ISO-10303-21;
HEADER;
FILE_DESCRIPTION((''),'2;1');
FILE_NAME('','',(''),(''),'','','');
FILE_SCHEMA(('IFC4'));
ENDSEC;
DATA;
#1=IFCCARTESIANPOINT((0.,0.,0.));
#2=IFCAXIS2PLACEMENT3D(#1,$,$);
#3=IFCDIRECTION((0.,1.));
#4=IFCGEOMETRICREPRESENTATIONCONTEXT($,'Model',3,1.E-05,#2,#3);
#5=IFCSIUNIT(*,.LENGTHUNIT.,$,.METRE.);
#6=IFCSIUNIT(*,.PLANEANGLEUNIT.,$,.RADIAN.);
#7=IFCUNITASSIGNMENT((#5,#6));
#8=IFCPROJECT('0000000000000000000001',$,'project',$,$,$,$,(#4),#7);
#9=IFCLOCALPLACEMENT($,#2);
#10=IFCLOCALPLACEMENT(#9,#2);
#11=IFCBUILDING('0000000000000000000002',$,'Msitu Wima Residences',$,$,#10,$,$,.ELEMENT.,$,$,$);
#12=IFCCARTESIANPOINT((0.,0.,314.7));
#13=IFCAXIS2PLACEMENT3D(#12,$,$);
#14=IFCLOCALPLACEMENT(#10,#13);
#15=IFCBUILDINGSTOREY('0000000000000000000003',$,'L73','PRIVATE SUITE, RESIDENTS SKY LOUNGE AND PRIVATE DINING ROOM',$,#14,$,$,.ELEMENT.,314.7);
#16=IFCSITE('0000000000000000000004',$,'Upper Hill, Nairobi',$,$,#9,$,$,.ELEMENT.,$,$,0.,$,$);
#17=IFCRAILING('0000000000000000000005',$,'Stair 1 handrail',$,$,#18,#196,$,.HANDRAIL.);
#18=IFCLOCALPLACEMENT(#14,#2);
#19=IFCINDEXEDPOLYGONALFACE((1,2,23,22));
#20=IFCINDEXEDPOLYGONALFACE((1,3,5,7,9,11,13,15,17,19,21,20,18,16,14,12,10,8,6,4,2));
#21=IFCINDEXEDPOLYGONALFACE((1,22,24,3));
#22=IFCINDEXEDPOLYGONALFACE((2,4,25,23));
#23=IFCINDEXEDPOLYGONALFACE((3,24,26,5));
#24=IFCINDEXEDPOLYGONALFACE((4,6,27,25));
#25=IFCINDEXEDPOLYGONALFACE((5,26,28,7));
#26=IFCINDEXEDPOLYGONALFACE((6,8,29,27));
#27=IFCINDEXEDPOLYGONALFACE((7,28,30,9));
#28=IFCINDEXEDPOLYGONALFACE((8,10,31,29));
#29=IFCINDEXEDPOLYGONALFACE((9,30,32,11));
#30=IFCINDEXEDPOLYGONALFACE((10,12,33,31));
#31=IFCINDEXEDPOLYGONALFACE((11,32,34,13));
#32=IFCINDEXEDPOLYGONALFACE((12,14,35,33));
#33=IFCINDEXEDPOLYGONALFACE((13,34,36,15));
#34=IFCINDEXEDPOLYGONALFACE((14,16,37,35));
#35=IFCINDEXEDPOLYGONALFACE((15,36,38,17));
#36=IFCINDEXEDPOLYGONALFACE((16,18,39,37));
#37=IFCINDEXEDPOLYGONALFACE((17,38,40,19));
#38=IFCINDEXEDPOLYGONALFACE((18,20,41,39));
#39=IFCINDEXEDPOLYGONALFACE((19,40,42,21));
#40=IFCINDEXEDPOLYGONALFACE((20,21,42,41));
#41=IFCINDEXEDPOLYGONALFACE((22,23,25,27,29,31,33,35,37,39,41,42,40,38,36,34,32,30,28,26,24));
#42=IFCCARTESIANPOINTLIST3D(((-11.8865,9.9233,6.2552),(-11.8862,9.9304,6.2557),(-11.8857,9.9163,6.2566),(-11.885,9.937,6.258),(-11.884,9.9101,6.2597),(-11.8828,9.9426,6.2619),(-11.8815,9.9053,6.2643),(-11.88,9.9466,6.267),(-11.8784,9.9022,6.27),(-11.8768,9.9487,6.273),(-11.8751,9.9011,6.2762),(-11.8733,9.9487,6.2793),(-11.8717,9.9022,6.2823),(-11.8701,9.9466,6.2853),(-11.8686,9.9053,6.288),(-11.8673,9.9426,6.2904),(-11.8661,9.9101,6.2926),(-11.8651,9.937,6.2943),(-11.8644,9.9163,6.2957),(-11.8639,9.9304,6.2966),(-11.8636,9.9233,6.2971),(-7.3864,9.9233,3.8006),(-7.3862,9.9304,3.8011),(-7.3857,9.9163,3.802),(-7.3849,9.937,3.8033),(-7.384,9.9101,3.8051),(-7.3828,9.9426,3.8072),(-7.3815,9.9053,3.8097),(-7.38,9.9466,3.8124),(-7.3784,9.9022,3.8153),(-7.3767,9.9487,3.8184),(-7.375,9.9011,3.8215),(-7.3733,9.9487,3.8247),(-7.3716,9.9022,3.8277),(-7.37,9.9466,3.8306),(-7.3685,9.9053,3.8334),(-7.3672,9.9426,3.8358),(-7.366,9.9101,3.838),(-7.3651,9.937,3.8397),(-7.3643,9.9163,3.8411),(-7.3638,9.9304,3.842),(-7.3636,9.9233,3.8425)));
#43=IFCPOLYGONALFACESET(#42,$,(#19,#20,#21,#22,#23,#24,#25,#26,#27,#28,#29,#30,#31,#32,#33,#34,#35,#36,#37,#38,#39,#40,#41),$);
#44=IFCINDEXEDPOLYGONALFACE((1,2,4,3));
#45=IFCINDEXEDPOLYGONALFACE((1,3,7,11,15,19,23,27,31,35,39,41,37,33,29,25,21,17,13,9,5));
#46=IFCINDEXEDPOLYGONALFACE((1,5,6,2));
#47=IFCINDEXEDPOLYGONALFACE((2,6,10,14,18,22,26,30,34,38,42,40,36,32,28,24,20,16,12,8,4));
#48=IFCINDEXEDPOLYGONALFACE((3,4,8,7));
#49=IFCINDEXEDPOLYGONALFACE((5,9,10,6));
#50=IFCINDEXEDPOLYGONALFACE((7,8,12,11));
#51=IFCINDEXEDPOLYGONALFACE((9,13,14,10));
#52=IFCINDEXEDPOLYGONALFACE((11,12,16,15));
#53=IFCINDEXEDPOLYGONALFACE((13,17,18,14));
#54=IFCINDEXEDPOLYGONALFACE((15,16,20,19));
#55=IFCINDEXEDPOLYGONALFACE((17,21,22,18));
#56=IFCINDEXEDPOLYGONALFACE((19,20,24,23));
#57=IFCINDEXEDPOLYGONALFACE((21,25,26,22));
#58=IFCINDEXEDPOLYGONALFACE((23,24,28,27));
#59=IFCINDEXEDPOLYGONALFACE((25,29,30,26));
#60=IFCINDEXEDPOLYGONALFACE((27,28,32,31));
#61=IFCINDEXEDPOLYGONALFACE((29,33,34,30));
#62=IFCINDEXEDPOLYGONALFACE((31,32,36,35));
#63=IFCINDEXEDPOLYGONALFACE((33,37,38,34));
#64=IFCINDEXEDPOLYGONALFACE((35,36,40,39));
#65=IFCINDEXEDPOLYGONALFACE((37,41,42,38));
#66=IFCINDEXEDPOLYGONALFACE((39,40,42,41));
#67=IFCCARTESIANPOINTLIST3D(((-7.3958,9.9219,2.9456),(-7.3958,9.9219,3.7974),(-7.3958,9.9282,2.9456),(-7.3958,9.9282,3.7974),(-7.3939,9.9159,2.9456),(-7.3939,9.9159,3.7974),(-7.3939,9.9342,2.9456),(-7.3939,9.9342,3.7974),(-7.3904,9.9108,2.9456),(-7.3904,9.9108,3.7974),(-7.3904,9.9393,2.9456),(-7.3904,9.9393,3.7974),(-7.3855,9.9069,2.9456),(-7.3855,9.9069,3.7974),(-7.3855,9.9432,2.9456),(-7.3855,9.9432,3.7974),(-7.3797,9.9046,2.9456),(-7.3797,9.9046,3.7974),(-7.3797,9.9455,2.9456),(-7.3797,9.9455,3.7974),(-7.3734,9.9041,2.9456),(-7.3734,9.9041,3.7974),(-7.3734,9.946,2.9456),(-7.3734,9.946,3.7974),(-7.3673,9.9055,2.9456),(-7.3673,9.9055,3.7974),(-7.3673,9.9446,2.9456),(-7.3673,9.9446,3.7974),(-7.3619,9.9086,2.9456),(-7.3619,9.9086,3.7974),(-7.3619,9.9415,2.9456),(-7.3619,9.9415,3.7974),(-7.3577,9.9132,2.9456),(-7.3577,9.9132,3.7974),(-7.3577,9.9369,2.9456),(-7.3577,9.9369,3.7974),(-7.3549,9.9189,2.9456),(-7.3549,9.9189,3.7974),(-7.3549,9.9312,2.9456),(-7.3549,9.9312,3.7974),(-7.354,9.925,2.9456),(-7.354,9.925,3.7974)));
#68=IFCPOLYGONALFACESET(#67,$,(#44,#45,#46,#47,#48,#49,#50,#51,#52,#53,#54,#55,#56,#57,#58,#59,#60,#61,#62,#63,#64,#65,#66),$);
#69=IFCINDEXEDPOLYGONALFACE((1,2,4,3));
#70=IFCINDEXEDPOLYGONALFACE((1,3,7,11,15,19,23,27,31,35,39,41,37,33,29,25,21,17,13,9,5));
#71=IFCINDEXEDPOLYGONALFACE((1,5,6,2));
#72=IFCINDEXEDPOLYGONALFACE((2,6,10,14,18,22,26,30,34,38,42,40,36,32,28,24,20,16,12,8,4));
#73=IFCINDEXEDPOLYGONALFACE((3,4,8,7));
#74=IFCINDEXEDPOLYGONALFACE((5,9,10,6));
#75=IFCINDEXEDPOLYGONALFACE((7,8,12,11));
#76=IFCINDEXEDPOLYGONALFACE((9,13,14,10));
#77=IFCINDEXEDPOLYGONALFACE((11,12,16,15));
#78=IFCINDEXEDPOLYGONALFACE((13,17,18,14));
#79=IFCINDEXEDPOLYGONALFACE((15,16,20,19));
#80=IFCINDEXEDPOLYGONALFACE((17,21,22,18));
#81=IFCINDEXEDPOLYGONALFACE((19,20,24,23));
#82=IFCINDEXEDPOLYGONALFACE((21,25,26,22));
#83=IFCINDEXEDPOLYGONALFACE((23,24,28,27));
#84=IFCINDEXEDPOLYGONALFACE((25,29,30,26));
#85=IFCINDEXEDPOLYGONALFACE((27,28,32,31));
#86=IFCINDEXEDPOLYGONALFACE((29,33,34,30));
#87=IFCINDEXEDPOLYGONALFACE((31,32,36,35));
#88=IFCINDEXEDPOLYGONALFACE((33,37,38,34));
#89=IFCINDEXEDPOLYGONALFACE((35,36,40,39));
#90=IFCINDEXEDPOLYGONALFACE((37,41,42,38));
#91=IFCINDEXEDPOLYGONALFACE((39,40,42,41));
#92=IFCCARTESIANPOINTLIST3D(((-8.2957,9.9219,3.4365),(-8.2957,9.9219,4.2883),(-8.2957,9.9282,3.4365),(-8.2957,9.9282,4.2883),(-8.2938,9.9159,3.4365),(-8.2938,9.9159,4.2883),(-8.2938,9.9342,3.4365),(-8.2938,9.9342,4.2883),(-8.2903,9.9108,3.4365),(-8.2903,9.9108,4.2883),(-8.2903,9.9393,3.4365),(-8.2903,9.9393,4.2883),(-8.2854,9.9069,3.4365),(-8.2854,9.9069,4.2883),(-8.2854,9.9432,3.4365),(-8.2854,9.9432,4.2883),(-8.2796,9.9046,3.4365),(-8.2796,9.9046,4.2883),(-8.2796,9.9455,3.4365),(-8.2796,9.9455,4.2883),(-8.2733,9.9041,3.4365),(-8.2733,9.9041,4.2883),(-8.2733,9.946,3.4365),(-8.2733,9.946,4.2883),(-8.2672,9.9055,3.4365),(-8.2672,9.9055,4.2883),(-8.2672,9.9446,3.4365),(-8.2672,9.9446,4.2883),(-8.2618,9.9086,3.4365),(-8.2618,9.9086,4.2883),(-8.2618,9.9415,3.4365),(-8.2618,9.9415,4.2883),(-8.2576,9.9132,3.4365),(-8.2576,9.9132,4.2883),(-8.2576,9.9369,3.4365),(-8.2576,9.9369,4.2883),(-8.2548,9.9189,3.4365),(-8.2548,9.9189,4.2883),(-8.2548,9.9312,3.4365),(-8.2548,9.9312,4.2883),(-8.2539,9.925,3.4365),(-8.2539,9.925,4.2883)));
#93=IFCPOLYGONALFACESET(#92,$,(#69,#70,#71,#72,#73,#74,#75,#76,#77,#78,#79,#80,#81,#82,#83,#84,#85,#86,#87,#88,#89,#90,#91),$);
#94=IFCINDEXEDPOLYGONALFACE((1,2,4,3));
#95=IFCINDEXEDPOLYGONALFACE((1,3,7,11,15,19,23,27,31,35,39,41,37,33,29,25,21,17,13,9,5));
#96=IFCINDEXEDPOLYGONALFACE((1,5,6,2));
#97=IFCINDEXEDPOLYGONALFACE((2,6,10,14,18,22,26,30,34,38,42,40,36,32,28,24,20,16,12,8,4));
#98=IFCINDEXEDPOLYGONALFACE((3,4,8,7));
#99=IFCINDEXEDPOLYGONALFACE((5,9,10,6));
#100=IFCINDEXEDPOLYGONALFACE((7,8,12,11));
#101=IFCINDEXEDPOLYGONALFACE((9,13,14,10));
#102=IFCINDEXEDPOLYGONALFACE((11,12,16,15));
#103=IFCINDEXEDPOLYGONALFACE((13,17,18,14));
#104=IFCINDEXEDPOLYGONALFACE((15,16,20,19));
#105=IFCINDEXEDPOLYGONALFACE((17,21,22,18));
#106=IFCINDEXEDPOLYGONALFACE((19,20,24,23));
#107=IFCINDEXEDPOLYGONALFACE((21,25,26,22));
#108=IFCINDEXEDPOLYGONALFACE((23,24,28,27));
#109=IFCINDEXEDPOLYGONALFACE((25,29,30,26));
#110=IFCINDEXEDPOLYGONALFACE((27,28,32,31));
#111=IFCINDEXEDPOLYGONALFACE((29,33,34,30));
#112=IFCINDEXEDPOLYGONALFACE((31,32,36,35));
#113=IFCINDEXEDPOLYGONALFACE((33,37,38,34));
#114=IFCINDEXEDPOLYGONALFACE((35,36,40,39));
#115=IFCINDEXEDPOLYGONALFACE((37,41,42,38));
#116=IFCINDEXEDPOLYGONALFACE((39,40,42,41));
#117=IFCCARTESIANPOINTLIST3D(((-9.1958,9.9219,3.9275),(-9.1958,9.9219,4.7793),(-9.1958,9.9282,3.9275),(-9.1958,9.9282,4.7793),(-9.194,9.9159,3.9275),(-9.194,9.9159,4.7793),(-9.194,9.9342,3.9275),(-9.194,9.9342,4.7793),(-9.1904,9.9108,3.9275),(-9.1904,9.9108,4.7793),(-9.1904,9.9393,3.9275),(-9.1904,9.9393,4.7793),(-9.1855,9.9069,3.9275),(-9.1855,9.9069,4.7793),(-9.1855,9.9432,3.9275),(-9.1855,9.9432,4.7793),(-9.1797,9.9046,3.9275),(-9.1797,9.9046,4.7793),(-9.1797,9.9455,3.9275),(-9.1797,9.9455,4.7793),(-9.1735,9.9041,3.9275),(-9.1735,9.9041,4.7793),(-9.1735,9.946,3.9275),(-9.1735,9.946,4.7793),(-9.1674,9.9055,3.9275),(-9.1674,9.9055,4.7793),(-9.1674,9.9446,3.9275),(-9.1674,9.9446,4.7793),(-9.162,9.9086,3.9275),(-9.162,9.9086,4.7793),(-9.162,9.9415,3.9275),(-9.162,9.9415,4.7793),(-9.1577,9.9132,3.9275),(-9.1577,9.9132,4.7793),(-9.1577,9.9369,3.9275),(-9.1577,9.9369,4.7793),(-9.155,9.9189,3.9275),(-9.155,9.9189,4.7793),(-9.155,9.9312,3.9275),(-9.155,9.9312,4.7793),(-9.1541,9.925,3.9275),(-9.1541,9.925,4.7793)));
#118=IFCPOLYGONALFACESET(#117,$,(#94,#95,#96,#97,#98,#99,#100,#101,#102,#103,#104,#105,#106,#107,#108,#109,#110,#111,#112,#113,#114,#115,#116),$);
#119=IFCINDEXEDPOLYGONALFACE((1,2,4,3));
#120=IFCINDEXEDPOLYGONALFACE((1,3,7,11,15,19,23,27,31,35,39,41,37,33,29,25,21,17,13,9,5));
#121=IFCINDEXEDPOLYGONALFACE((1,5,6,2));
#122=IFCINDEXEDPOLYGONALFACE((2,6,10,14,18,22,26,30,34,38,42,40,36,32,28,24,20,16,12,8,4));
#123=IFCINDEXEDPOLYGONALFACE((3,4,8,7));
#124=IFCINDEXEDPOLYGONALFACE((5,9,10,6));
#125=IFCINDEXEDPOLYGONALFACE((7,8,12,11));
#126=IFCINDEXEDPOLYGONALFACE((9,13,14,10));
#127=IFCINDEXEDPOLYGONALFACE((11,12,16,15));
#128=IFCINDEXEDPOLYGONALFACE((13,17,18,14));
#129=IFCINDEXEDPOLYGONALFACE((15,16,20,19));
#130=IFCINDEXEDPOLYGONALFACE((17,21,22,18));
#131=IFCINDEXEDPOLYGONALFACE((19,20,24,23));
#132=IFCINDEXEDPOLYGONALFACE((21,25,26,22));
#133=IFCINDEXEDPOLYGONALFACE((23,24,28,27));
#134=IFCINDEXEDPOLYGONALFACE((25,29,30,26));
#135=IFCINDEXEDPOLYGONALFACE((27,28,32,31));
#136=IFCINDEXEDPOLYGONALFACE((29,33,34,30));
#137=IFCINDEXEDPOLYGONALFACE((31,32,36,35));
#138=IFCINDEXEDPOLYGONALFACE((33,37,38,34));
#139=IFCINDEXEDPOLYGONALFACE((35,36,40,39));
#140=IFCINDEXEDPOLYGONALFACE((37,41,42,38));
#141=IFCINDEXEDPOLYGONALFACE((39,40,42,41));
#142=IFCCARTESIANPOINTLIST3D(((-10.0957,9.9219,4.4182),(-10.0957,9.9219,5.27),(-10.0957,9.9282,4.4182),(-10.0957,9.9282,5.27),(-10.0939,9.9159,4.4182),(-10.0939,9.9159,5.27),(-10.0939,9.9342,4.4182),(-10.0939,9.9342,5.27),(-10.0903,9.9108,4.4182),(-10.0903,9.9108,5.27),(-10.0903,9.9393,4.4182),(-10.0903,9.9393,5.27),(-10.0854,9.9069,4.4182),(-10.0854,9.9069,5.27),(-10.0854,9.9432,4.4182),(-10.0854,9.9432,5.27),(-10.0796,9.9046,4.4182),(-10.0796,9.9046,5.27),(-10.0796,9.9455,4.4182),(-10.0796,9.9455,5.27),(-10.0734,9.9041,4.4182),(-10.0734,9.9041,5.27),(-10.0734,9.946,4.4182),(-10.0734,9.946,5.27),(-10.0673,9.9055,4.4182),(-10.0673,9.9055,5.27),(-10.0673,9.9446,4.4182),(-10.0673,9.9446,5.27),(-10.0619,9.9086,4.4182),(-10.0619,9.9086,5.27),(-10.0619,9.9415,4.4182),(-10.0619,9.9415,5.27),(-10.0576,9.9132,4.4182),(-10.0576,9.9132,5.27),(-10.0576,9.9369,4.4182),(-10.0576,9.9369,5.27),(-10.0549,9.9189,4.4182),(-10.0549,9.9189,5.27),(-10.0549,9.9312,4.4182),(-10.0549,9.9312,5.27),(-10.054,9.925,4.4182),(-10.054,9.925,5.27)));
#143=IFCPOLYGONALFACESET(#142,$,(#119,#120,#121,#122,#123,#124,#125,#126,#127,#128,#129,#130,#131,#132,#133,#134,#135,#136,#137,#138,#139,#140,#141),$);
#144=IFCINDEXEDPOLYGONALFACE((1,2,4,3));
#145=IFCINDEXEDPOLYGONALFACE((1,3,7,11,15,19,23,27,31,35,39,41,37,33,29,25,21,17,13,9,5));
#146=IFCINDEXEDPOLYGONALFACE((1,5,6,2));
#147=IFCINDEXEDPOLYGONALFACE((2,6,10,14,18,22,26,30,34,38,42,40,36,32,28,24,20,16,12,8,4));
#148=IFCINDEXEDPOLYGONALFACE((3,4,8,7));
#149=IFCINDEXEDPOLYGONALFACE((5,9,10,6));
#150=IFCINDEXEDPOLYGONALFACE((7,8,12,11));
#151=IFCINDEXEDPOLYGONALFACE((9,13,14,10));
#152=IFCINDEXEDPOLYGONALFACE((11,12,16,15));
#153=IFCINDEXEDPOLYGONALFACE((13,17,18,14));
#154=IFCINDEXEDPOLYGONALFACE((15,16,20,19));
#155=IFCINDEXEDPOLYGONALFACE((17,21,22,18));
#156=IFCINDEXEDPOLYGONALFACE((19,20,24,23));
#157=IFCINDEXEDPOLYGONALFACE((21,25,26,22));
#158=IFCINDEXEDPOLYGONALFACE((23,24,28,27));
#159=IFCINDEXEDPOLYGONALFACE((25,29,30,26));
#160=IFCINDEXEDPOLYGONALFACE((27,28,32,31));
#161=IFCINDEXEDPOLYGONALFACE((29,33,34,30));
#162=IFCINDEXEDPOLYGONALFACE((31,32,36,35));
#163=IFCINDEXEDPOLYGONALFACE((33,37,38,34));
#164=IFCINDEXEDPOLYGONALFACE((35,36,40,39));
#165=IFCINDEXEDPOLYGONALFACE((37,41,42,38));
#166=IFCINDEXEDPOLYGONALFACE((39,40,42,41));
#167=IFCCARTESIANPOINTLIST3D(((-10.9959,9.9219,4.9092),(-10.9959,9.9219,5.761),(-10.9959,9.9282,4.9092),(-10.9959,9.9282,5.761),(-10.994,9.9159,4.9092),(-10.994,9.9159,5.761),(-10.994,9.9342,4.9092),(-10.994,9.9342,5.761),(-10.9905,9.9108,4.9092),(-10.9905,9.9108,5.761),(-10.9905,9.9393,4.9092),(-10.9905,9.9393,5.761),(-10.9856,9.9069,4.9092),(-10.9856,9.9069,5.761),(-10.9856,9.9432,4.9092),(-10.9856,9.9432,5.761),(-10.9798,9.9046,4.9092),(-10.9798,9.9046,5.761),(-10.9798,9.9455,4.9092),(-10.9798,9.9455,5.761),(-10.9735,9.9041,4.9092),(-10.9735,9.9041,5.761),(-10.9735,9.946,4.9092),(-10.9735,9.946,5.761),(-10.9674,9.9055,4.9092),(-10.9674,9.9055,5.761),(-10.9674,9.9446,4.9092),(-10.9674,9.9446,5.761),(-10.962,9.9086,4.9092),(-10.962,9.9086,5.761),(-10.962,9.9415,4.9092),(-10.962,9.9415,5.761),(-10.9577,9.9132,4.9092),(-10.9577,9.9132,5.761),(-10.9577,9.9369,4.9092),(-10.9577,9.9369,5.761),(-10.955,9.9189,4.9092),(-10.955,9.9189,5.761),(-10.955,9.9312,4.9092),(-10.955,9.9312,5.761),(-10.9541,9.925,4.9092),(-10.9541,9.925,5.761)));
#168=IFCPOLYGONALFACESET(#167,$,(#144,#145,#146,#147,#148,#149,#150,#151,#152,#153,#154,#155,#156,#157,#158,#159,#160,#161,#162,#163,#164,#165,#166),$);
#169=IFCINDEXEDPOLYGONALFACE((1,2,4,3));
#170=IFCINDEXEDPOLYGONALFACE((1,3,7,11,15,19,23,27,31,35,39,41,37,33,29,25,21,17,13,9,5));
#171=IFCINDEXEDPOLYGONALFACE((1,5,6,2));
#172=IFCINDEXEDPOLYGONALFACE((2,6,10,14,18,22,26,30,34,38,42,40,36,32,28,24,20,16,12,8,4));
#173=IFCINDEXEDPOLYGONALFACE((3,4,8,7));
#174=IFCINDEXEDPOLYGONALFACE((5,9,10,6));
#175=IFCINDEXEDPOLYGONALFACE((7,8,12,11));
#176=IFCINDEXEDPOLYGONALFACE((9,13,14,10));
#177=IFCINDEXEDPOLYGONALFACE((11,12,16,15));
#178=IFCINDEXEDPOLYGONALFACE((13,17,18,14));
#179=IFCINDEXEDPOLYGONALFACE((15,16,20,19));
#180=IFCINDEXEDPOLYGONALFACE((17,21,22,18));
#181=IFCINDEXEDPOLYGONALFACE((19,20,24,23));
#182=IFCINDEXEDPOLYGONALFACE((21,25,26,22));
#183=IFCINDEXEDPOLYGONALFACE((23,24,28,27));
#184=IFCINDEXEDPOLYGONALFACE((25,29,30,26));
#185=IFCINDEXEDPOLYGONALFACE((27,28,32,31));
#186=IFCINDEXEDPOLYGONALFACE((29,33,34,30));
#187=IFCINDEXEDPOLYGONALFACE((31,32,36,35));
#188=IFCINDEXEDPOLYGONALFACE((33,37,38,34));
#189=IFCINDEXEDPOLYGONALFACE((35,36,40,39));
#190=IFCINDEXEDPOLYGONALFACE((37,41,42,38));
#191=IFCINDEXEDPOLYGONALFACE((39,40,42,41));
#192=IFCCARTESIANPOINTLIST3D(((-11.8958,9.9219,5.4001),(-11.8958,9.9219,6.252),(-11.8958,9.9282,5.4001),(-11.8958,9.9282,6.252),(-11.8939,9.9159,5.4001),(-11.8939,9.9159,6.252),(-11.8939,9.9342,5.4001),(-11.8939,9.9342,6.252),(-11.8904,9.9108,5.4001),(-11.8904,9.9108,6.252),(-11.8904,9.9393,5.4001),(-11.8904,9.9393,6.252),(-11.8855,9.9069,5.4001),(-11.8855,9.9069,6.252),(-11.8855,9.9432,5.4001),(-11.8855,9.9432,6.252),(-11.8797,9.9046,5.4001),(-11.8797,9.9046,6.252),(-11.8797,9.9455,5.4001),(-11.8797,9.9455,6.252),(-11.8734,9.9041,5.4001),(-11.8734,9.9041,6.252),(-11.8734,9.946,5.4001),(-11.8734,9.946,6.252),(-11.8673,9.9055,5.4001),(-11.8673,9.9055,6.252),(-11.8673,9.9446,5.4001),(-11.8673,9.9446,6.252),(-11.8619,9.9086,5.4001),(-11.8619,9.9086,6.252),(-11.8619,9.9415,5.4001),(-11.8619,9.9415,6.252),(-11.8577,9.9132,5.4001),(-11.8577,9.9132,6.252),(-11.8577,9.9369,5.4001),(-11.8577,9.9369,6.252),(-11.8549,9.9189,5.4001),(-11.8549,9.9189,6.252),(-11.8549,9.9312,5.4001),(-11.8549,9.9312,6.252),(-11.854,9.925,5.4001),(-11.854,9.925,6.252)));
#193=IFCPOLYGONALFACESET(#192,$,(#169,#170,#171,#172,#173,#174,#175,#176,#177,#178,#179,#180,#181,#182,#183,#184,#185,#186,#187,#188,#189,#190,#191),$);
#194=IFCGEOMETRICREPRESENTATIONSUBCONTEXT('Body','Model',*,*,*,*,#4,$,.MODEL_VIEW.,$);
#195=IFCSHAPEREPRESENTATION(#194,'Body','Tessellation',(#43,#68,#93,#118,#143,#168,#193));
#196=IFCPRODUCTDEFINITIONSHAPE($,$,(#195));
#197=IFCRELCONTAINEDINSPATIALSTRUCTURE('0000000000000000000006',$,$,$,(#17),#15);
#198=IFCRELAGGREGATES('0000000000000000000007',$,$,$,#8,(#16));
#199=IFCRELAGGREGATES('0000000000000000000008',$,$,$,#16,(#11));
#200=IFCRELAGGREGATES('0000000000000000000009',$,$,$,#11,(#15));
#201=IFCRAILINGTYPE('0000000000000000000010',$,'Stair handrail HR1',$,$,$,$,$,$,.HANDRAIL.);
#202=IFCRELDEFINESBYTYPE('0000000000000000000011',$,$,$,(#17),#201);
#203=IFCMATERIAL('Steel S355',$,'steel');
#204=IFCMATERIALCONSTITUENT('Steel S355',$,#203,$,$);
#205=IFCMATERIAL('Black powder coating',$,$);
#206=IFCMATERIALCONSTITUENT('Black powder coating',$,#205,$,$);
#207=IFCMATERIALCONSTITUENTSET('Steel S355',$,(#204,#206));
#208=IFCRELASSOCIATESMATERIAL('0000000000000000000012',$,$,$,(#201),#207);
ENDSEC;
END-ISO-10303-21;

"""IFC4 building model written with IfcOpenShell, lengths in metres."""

from ifc_helpers import new_model, si_unit, direction, frame, origin, origin_2d, place, context, subcontext, project, spatial, circle, extrude, material, constituent, constituent_set, type_object, element, save


model = new_model("IFC4")

# Units and contexts
model_context = context("Model", 3, precision=1e-05, world=origin(), true_north=direction((0.0, 1.0)))
body_context = subcontext(model_context, "Body", "Model", "MODEL_VIEW")
ifc_project = project(units=[si_unit("LENGTHUNIT", "METRE"), si_unit("PLANEANGLEUNIT", "RADIAN")], contexts=[model_context])

# Site, building, storey
site_placement = place(None, origin())
site = spatial("IfcSite", under=ifc_project, at=site_placement, Name="Upper Hill, Nairobi", CompositionType="ELEMENT", RefElevation=0.0)
building_placement = place(site_placement, origin())
building = spatial("IfcBuilding", under=site, at=building_placement, Name="Msitu Wima Residences", CompositionType="ELEMENT")
storey_placement = place(building_placement, frame((0.0, 0.0, 314.7)))
storey = spatial("IfcBuildingStorey", under=building, at=storey_placement, Name="L73", Description="PRIVATE SUITE, RESIDENTS SKY LOUNGE AND PRIVATE DINING ROOM", CompositionType="ELEMENT", Elevation=314.7)

# Railing
ifc_material_1 = material(Name="Steel S355", Category="steel")
ifc_constituent_1 = constituent(ifc_material_1, Name="Steel S355")
ifc_material_2 = material(Name="Black powder coating")
ifc_constituent_2 = constituent(ifc_material_2, Name="Black powder coating")
ifc_constituent_set = constituent_set(constituents=[ifc_constituent_1, ifc_constituent_2], Name="Steel S355")
railing_type = type_object("IfcRailingType", Name="Stair handrail HR1", PredefinedType="HANDRAIL", material=ifc_constituent_set)
for number, where, name in (
    (1, (-7.375, 9.925, 2.9456), "Stair 1 handrail"),
):
    element("IfcRailing", number, at=place(storey_placement, frame(where)), inside=storey, type_object=railing_type, Name=name, PredefinedType="HANDRAIL", context=body_context, shape_type="SweptSolid", body=[
        extrude(circle(Radius=0.0239, at=origin_2d()), frame((0.0, 0.0, 0.876), z_axis=(-0.877892, 0.0, 0.478859), x_axis=(0.0, -1.0, 0.0)), (0.0, 0.0, 1.0), 5.126),
        extrude(circle(Radius=0.021, at=origin_2d()), origin(), (0.0, 0.0, 1.0), 0.8518),
        extrude(circle(Radius=0.021, at=origin_2d()), frame((-0.8999, 0.0, 0.491)), (0.0, 0.0, 1.0), 0.8518),
        extrude(circle(Radius=0.021, at=origin_2d()), frame((-1.8, 0.0, 0.9819)), (0.0, 0.0, 1.0), 0.8518),
        extrude(circle(Radius=0.021, at=origin_2d()), frame((-2.7, 0.0, 1.4727)), (0.0, 0.0, 1.0), 0.8518),
        extrude(circle(Radius=0.021, at=origin_2d()), frame((-3.6001, 0.0, 1.9636)), (0.0, 0.0, 1.0), 0.8518),
        extrude(circle(Radius=0.021, at=origin_2d()), frame((-4.5, 0.0, 2.4546)), (0.0, 0.0, 1.0), 0.8518),
    ])

save(model, "model.ifc")
